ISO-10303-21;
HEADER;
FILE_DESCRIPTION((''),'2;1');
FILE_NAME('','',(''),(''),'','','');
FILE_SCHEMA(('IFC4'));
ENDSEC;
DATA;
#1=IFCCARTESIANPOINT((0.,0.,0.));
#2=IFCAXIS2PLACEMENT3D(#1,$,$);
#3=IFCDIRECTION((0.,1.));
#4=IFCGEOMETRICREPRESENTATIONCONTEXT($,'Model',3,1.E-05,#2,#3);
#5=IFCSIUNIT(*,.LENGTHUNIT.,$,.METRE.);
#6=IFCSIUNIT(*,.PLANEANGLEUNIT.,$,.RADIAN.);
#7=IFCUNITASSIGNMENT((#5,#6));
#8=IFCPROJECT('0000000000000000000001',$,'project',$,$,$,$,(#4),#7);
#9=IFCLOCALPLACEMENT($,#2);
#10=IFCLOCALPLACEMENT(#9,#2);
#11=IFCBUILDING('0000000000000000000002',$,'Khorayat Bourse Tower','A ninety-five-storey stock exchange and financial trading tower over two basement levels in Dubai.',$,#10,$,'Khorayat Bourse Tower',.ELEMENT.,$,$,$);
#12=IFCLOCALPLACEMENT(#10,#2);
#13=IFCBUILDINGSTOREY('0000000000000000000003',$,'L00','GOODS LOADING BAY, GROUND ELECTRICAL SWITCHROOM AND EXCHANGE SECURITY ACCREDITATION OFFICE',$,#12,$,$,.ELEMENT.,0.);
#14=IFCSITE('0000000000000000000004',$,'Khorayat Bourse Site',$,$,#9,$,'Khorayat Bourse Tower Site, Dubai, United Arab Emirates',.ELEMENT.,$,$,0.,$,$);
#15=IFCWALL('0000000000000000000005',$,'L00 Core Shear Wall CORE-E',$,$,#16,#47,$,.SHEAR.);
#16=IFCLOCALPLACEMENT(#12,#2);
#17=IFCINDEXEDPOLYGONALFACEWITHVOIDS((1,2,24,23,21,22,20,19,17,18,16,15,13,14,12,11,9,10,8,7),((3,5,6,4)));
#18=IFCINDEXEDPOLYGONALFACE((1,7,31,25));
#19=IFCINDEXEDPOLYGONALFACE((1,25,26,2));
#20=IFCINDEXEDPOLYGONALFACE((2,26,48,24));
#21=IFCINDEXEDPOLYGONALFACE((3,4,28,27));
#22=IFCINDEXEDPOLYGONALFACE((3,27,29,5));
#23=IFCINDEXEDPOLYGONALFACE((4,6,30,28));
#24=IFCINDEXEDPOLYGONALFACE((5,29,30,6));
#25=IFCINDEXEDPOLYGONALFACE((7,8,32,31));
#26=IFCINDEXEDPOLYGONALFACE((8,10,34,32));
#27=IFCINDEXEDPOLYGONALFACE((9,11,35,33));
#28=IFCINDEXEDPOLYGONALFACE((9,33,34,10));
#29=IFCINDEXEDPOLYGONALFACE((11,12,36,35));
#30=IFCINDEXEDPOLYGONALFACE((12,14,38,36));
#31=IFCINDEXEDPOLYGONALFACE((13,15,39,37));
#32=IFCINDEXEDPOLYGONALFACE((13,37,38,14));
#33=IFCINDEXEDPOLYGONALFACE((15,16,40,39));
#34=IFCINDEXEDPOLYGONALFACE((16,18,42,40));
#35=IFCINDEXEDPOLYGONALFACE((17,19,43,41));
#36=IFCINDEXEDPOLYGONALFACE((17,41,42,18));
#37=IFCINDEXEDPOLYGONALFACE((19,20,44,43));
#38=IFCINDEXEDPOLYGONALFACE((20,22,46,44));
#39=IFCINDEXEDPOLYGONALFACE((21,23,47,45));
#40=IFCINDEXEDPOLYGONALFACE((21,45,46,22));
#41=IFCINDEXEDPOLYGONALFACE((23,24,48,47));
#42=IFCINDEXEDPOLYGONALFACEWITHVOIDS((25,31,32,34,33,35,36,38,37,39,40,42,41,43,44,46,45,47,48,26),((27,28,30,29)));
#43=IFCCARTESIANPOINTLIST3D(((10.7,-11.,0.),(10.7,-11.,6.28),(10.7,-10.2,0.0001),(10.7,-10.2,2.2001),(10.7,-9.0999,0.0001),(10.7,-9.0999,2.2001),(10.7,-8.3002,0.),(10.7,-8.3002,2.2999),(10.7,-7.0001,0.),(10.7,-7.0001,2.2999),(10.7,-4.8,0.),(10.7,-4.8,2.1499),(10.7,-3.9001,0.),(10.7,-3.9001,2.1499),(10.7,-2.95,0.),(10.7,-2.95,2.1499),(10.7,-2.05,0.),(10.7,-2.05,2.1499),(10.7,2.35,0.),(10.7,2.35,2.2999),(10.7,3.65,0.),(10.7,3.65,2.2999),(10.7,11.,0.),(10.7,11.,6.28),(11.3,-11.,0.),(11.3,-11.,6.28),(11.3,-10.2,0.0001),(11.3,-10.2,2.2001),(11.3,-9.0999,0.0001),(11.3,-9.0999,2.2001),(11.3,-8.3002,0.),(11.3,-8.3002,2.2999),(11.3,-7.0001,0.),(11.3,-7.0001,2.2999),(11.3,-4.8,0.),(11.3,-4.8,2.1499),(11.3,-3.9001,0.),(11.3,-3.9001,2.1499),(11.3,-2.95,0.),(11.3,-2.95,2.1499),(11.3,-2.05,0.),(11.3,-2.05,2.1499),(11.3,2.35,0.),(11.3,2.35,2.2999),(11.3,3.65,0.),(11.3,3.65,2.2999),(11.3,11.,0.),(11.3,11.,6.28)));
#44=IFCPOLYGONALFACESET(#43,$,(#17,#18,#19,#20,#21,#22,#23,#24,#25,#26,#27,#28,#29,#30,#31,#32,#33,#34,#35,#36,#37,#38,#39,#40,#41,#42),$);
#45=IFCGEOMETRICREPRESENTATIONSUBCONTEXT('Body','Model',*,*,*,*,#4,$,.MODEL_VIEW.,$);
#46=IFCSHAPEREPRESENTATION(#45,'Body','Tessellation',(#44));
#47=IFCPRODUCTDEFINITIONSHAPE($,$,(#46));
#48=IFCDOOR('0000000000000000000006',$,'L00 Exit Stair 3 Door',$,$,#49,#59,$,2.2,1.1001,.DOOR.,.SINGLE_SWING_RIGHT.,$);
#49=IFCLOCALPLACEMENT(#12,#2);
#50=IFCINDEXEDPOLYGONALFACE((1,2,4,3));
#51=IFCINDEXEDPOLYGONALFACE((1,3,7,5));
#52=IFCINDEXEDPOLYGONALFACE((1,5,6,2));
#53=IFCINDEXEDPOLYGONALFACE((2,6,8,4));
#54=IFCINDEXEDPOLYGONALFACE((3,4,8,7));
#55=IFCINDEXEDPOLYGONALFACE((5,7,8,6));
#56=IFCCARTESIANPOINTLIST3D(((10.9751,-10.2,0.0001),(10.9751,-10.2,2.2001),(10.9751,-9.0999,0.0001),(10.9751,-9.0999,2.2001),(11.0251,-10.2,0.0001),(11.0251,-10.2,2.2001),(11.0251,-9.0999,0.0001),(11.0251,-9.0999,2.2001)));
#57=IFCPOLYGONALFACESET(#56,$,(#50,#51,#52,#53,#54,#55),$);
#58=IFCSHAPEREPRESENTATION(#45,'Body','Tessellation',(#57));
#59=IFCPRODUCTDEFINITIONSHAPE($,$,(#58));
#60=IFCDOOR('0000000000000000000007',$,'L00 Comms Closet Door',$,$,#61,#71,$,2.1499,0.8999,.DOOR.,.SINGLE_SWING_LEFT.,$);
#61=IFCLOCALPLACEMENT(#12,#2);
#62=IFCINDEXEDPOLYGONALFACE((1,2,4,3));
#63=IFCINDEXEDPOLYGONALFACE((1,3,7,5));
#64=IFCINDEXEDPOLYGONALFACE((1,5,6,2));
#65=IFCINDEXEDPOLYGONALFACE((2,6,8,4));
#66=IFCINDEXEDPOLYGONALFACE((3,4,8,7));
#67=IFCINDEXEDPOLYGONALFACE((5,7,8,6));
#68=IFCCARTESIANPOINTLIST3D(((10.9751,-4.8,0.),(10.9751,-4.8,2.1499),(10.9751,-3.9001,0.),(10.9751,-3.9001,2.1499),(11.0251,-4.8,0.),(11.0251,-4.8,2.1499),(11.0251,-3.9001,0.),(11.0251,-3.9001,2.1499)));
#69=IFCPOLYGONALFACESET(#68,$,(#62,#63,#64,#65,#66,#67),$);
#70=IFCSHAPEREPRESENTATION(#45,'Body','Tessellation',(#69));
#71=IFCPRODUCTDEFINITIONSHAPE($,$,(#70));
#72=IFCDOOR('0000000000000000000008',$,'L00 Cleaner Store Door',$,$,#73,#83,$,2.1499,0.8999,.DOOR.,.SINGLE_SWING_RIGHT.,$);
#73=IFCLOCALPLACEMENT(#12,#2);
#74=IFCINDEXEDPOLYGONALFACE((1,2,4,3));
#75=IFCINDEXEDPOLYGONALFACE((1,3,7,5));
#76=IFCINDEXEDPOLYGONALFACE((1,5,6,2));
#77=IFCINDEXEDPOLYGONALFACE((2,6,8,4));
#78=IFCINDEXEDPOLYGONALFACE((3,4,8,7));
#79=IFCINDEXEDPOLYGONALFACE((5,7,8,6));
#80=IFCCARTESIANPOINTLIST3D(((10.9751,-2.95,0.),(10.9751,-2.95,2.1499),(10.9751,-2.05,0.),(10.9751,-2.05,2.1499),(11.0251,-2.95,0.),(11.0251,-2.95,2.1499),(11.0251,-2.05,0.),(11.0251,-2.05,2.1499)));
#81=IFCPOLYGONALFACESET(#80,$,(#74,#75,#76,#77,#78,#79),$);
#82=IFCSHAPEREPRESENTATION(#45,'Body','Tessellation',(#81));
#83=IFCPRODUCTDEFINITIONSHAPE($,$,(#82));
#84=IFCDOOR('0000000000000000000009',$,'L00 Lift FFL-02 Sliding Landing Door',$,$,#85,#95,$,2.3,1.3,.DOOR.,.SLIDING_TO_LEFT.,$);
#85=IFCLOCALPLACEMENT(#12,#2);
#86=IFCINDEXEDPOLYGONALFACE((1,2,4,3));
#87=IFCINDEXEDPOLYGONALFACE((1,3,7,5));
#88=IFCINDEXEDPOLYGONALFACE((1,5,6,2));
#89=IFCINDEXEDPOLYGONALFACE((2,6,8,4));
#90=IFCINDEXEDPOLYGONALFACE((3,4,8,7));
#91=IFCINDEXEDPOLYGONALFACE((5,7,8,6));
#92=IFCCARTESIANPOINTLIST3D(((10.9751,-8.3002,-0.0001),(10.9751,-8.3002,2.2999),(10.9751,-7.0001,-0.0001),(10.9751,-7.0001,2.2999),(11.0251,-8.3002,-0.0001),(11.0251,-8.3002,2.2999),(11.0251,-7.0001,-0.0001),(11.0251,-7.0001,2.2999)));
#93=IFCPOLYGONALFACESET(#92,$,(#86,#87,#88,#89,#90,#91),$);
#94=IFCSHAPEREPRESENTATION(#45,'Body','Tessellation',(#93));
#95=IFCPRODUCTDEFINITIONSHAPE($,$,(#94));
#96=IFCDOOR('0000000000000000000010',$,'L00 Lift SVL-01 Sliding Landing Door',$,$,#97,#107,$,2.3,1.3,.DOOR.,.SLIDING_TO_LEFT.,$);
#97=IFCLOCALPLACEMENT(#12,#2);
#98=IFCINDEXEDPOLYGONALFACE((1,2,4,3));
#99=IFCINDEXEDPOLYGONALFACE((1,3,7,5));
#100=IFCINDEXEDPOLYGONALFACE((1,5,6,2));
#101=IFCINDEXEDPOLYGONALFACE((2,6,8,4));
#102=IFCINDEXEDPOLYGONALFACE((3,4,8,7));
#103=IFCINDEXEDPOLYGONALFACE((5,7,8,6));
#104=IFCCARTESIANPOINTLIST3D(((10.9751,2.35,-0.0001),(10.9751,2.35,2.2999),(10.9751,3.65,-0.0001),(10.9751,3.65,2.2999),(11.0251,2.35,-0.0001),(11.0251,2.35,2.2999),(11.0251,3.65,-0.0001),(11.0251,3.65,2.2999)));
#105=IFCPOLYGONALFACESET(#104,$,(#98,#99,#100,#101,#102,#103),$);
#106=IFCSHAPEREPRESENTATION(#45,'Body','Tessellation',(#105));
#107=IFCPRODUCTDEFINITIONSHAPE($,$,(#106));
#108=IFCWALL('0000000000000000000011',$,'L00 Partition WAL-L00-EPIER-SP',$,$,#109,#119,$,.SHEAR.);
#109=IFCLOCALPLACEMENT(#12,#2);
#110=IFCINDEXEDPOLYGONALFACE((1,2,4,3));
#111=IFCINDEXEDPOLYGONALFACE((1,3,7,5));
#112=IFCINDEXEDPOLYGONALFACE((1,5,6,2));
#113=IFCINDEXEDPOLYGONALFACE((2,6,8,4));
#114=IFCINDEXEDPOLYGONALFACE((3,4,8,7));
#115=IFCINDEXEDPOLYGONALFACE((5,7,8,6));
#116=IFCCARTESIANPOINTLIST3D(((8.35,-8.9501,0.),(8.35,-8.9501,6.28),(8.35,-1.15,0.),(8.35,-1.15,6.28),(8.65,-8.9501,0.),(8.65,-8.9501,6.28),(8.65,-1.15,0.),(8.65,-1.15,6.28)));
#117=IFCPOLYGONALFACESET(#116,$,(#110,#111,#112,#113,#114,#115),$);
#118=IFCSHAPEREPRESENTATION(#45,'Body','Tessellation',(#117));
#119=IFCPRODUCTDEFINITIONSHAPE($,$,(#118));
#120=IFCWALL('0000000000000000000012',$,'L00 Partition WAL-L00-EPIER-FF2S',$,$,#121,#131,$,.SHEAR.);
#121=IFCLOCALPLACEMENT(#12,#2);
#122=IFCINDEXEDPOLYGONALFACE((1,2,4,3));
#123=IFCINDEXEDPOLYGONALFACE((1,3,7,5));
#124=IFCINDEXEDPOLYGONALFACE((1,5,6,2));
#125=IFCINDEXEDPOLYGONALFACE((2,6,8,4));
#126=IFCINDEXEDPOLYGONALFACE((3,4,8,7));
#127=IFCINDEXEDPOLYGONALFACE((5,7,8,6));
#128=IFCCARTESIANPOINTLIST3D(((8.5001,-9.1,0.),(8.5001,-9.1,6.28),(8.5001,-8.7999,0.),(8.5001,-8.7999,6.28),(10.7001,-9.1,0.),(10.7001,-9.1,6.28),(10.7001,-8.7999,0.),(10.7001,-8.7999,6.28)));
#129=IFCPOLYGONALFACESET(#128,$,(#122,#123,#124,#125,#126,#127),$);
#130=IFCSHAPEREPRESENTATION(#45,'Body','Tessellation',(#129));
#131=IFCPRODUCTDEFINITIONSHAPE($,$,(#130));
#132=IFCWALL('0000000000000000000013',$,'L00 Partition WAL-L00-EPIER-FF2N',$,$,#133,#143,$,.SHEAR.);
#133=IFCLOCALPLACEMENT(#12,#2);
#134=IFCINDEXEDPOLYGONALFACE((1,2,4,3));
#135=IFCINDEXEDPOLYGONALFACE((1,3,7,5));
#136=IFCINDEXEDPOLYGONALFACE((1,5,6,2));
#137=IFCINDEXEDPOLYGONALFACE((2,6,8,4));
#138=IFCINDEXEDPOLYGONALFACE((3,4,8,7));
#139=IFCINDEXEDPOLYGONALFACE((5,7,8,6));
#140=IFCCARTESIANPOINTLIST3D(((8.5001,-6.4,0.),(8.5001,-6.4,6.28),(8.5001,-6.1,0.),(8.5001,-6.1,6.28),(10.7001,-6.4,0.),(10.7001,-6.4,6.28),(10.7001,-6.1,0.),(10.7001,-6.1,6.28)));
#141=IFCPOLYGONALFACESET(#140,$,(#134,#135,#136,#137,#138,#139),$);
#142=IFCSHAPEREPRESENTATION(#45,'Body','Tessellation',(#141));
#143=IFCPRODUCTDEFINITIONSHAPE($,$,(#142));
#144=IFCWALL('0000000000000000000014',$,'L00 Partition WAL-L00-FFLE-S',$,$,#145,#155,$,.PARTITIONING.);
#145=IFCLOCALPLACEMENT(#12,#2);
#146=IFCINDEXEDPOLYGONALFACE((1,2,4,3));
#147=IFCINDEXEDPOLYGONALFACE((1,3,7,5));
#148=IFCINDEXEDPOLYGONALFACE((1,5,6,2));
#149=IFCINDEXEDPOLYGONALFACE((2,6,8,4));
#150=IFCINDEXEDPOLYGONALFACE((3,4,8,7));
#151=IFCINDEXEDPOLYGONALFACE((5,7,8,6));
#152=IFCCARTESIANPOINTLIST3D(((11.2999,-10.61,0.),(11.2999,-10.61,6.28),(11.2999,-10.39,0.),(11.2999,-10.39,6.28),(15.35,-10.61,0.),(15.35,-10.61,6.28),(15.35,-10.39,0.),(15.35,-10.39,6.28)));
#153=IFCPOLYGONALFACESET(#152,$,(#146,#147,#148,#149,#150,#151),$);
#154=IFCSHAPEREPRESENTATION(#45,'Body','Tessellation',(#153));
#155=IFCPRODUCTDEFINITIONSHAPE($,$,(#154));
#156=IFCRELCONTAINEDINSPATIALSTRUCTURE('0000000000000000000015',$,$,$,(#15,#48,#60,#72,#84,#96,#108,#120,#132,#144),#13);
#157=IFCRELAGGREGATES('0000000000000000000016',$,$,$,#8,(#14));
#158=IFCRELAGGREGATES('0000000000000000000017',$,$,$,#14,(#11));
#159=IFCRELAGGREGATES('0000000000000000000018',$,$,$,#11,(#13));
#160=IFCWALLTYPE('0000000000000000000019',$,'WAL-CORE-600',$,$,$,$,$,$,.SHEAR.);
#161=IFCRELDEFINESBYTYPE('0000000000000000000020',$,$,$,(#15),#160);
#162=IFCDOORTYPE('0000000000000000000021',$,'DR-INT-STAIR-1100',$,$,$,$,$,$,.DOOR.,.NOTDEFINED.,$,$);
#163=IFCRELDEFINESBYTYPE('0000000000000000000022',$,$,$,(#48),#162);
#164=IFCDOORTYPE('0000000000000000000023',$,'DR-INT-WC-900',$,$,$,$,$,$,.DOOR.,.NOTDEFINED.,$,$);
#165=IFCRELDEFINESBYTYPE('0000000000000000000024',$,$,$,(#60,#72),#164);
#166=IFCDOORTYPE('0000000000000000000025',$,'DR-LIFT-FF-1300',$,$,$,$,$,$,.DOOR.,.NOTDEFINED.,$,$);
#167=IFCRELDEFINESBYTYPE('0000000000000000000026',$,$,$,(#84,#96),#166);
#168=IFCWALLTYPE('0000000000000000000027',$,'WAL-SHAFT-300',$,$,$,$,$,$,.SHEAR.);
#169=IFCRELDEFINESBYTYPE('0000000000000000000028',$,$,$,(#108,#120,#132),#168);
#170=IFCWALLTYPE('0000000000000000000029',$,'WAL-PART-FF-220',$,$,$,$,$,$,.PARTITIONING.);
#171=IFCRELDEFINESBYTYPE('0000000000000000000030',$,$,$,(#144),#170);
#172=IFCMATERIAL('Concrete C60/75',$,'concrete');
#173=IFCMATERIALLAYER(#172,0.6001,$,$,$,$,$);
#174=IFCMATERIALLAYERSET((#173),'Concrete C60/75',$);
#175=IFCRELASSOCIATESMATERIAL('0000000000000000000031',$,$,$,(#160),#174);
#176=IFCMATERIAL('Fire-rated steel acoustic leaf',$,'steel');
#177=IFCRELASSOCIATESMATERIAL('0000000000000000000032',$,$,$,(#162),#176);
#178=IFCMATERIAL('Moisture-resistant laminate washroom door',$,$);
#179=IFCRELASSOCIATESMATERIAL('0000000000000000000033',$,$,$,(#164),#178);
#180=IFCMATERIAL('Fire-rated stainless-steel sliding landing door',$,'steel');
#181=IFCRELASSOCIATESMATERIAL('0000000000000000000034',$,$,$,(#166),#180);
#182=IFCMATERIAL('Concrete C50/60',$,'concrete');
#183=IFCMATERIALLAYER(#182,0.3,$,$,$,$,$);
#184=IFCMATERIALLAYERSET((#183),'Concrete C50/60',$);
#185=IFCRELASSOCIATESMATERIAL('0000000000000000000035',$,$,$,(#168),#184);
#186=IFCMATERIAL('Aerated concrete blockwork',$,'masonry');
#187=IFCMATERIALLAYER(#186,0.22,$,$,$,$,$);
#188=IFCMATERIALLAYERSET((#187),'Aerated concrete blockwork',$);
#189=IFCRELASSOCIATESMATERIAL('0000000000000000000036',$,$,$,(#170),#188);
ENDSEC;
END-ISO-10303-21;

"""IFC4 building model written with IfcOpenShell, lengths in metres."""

from ifc_helpers import new_model, si_unit, direction, frame, frame_2d, origin, place, context, subcontext, project, spatial, rectangle, extrude, source, transform, mapped, material, layer, layer_set, type_object, element, fill, save


model = new_model("IFC4")

# Units and contexts
model_context = context("Model", 3, precision=1e-05, world=origin(), true_north=direction((0.0, 1.0)))
body_context = subcontext(model_context, "Body", "Model", "MODEL_VIEW")
ifc_project = project(units=[si_unit("LENGTHUNIT", "METRE"), si_unit("PLANEANGLEUNIT", "RADIAN")], contexts=[model_context])

# Site, building, storey
site_placement = place(None, origin())
site = spatial("IfcSite", under=ifc_project, at=site_placement, Name="Khorayat Bourse Site", LongName="Khorayat Bourse Tower Site, Dubai, United Arab Emirates", CompositionType="ELEMENT", RefElevation=0.0)
building_placement = place(site_placement, origin())
building = spatial("IfcBuilding", under=site, at=building_placement, Name="Khorayat Bourse Tower", Description="A ninety-five-storey stock exchange and financial trading tower over two basement levels in Dubai.", LongName="Khorayat Bourse Tower", CompositionType="ELEMENT")
storey_placement = place(building_placement, origin())
storey = spatial("IfcBuildingStorey", under=building, at=storey_placement, Name="L00", Description="GOODS LOADING BAY, GROUND ELECTRICAL SWITCHROOM AND EXCHANGE SECURITY ACCREDITATION OFFICE", CompositionType="ELEMENT", Elevation=0.0)

# Wall, openings, doors
ifc_material_1 = material(Name="Concrete C60/75", Category="concrete")
ifc_layer_1 = layer(ifc_material_1, 0.6001)
ifc_layer_set_1 = layer_set([ifc_layer_1], Name="Concrete C60/75")
wall_type_1 = type_object("IfcWallType", Name="WAL-CORE-600", PredefinedType="SHEAR", material=ifc_layer_set_1)
shared_shape_1 = source(origin(), body_context, "Body", "SweptSolid", [
    extrude(rectangle(XDim=22.0, YDim=0.6001, at=frame_2d((11.0, 0.0))), origin(), (0.0, 0.0, 1.0), 6.28),
])
wall_1_placement = place(storey_placement, frame((11.0, -11.0, 0.0), z_axis=(0.0, 0.0, 1.0), x_axis=(0.0, 1.0, 0.0)))
wall_1 = element("IfcWall", 1, at=wall_1_placement, inside=storey, type_object=wall_type_1, Name="L00 Core Shear Wall CORE-E", PredefinedType="SHEAR", context=body_context, shape_type="MappedRepresentation", body=[
    mapped(shared_shape_1, transform((0.0, 0.0, 0.0), scale=1.0)),
])
shared_shape_2 = source(origin(), body_context, "Body", "SweptSolid", [
    extrude(rectangle(XDim=1.1001, YDim=2.2, at=frame_2d((0.55, 1.1001))), frame((0.0, 0.3101, 0.0), z_axis=(0.0, -1.0, 0.0), x_axis=(1.0, 0.0, 0.0)), (0.0, 0.0, 1.0), 0.6201),
])
opening_1_placement = place(wall_1_placement, frame((0.8, 0.0, 0.0)))
opening_1 = element("IfcOpeningElement", 2, at=opening_1_placement, cuts=wall_1, PredefinedType="OPENING", context=body_context, shape_type="MappedRepresentation", body=[
    mapped(shared_shape_2, transform((0.0, 0.0, 0.0), scale=1.0)),
])
shared_shape_3 = source(origin(), body_context, "Body", "SweptSolid", [
    extrude(rectangle(XDim=0.8999, YDim=2.1499, at=frame_2d((0.45, 1.075))), frame((0.0, 0.3101, 0.0), z_axis=(0.0, -1.0, 0.0), x_axis=(1.0, 0.0, 0.0)), (0.0, 0.0, 1.0), 0.6201),
])
opening_2_placement = place(wall_1_placement, frame((6.2, 0.0, 0.0)))
opening_2 = element("IfcOpeningElement", 3, at=opening_2_placement, cuts=wall_1, PredefinedType="OPENING", context=body_context, shape_type="MappedRepresentation", body=[
    mapped(shared_shape_3, transform((0.0, 0.0, 0.0), scale=1.0)),
])
opening_3_placement = place(wall_1_placement, frame((8.05, 0.0, 0.0)))
opening_3 = element("IfcOpeningElement", 4, at=opening_3_placement, cuts=wall_1, PredefinedType="OPENING", context=body_context, shape_type="MappedRepresentation", body=[
    mapped(shared_shape_3, transform((0.0, 0.0, 0.0), scale=1.0)),
])
shared_shape_4 = source(origin(), body_context, "Body", "SweptSolid", [
    extrude(rectangle(XDim=1.3, YDim=2.3, at=frame_2d((0.6499, 1.1499))), frame((0.0, 0.3101, 0.0), z_axis=(0.0, -1.0, 0.0), x_axis=(1.0, 0.0, 0.0)), (0.0, 0.0, 1.0), 0.6201),
])
opening_4_placement = place(wall_1_placement, frame((2.7, 0.0, 0.0)))
opening_4 = element("IfcOpeningElement", 5, at=opening_4_placement, cuts=wall_1, PredefinedType="OPENING", context=body_context, shape_type="MappedRepresentation", body=[
    mapped(shared_shape_4, transform((0.0, 0.0, 0.0), scale=1.0)),
])
opening_5_placement = place(wall_1_placement, frame((13.3501, 0.0, 0.0)))
opening_5 = element("IfcOpeningElement", 6, at=opening_5_placement, cuts=wall_1, PredefinedType="OPENING", context=body_context, shape_type="MappedRepresentation", body=[
    mapped(shared_shape_4, transform((0.0, 0.0, 0.0), scale=1.0)),
])
ifc_material_2 = material(Name="Fire-rated steel acoustic leaf", Category="steel")
door_type_1 = type_object("IfcDoorType", Name="DR-INT-STAIR-1100", OperationType="NOTDEFINED", PredefinedType="DOOR", material=ifc_material_2)
shared_shape_5 = source(origin(), body_context, "Body", "SweptSolid", [
    extrude(rectangle(XDim=1.1001, YDim=2.2, at=frame_2d((0.55, 1.1001))), frame((0.0, 0.0249, 0.0), z_axis=(0.0, -1.0, 0.0), x_axis=(1.0, 0.0, 0.0)), (0.0, 0.0, 1.0), 0.05),
])
door_1_placement = place(opening_1_placement, origin())
door_1 = element("IfcDoor", 7, at=door_1_placement, inside=storey, type_object=door_type_1, Name="L00 Exit Stair 3 Door", OperationType="SINGLE_SWING_RIGHT", OverallHeight=2.2, OverallWidth=1.1001, PredefinedType="DOOR", context=body_context, shape_type="MappedRepresentation", body=[
    mapped(shared_shape_5, transform((0.0, 0.0, 0.0), scale=1.0)),
])
fill(opening_1, door_1)
ifc_material_3 = material(Name="Moisture-resistant laminate washroom door")
door_type_2 = type_object("IfcDoorType", Name="DR-INT-WC-900", OperationType="NOTDEFINED", PredefinedType="DOOR", material=ifc_material_3)
shared_shape_6 = source(origin(), body_context, "Body", "SweptSolid", [
    extrude(rectangle(XDim=0.8999, YDim=2.1499, at=frame_2d((0.45, 1.075))), frame((0.0, 0.0249, 0.0), z_axis=(0.0, -1.0, 0.0), x_axis=(1.0, 0.0, 0.0)), (0.0, 0.0, 1.0), 0.05),
])
door_2_placement = place(opening_2_placement, origin())
door_2 = element("IfcDoor", 8, at=door_2_placement, inside=storey, type_object=door_type_2, Name="L00 Comms Closet Door", OperationType="SINGLE_SWING_LEFT", OverallHeight=2.1499, OverallWidth=0.8999, PredefinedType="DOOR", context=body_context, shape_type="MappedRepresentation", body=[
    mapped(shared_shape_6, transform((0.0, 0.0, 0.0), scale=1.0)),
])
fill(opening_2, door_2)
door_3_placement = place(opening_3_placement, origin())
door_3 = element("IfcDoor", 9, at=door_3_placement, inside=storey, type_object=door_type_2, Name="L00 Cleaner Store Door", OperationType="SINGLE_SWING_RIGHT", OverallHeight=2.1499, OverallWidth=0.8999, PredefinedType="DOOR", context=body_context, shape_type="MappedRepresentation", body=[
    mapped(shared_shape_6, transform((0.0, 0.0, 0.0), scale=1.0)),
])
fill(opening_3, door_3)
ifc_material_4 = material(Name="Fire-rated stainless-steel sliding landing door", Category="steel")
door_type_3 = type_object("IfcDoorType", Name="DR-LIFT-FF-1300", OperationType="NOTDEFINED", PredefinedType="DOOR", material=ifc_material_4)
shared_shape_7 = source(origin(), body_context, "Body", "SweptSolid", [
    extrude(rectangle(XDim=1.3, YDim=2.3, at=frame_2d((0.6499, 1.1499))), frame((0.0, 0.0249, 0.0), z_axis=(0.0, -1.0, 0.0), x_axis=(1.0, 0.0, 0.0)), (0.0, 0.0, 1.0), 0.05),
])
door_4_placement = place(opening_4_placement, origin())
door_4 = element("IfcDoor", 10, at=door_4_placement, inside=storey, type_object=door_type_3, Name="L00 Lift FFL-02 Sliding Landing Door", OperationType="SLIDING_TO_LEFT", OverallHeight=2.3, OverallWidth=1.3, PredefinedType="DOOR", context=body_context, shape_type="MappedRepresentation", body=[
    mapped(shared_shape_7, transform((0.0, 0.0, 0.0), scale=1.0)),
])
fill(opening_4, door_4)
door_5_placement = place(opening_5_placement, origin())
door_5 = element("IfcDoor", 11, at=door_5_placement, inside=storey, type_object=door_type_3, Name="L00 Lift SVL-01 Sliding Landing Door", OperationType="SLIDING_TO_LEFT", OverallHeight=2.3, OverallWidth=1.3, PredefinedType="DOOR", context=body_context, shape_type="MappedRepresentation", body=[
    mapped(shared_shape_7, transform((0.0, 0.0, 0.0), scale=1.0)),
])
fill(opening_5, door_5)

# Walls
ifc_material_5 = material(Name="Concrete C50/60", Category="concrete")
ifc_layer_2 = layer(ifc_material_5, 0.3)
ifc_layer_set_2 = layer_set([ifc_layer_2], Name="Concrete C50/60")
wall_type_2 = type_object("IfcWallType", Name="WAL-SHAFT-300", PredefinedType="SHEAR", material=ifc_layer_set_2)
shared_shape_8 = source(origin(), body_context, "Body", "SweptSolid", [
    extrude(rectangle(XDim=7.8, YDim=0.3, at=frame_2d((3.8999, 0.0))), origin(), (0.0, 0.0, 1.0), 6.28),
])
wall_2_placement = place(storey_placement, frame((8.5, -8.95, 0.0), z_axis=(0.0, 0.0, 1.0), x_axis=(0.0, 1.0, 0.0)))
element("IfcWall", 12, at=wall_2_placement, inside=storey, type_object=wall_type_2, Name="L00 Partition WAL-L00-EPIER-SP", PredefinedType="SHEAR", context=body_context, shape_type="MappedRepresentation", body=[
    mapped(shared_shape_8, transform((0.0, 0.0, 0.0), scale=1.0)),
])
shared_shape_9 = source(origin(), body_context, "Body", "SweptSolid", [
    extrude(rectangle(XDim=2.2, YDim=0.3, at=frame_2d((1.1001, 0.0))), origin(), (0.0, 0.0, 1.0), 6.28),
])
for number, where, z_axis, x_axis, name in (
    (13, (8.5, -8.95, 0.0), (0.0, 0.0, 1.0), (1.0, 0.0, 0.0), "L00 Partition WAL-L00-EPIER-FF2S"),
    (14, (8.5, -6.25, 0.0), (0.0, 0.0, 1.0), (1.0, 0.0, 0.0), "L00 Partition WAL-L00-EPIER-FF2N"),
):
    element("IfcWall", number, at=place(storey_placement, frame(where, z_axis=z_axis, x_axis=x_axis)), inside=storey, type_object=wall_type_2, Name=name, PredefinedType="SHEAR", context=body_context, shape_type="MappedRepresentation", body=[
        mapped(shared_shape_9, transform((0.0, 0.0, 0.0), scale=1.0)),
    ])
ifc_material_6 = material(Name="Aerated concrete blockwork", Category="masonry")
ifc_layer_3 = layer(ifc_material_6, 0.22)
ifc_layer_set_3 = layer_set([ifc_layer_3], Name="Aerated concrete blockwork")
wall_type_3 = type_object("IfcWallType", Name="WAL-PART-FF-220", PredefinedType="PARTITIONING", material=ifc_layer_set_3)
shared_shape_10 = source(origin(), body_context, "Body", "SweptSolid", [
    extrude(rectangle(XDim=4.05, YDim=0.22, at=frame_2d((2.0249, 0.0))), origin(), (0.0, 0.0, 1.0), 6.28),
])
for number, where, z_axis, x_axis, name in (
    (15, (11.3, -10.5, 0.0), (0.0, 0.0, 1.0), (1.0, 0.0, 0.0), "L00 Partition WAL-L00-FFLE-S"),
):
    element("IfcWall", number, at=place(storey_placement, frame(where, z_axis=z_axis, x_axis=x_axis)), inside=storey, type_object=wall_type_3, Name=name, PredefinedType="PARTITIONING", context=body_context, shape_type="MappedRepresentation", body=[
        mapped(shared_shape_10, transform((0.0, 0.0, 0.0), scale=1.0)),
    ])

save(model, "model.ifc")
